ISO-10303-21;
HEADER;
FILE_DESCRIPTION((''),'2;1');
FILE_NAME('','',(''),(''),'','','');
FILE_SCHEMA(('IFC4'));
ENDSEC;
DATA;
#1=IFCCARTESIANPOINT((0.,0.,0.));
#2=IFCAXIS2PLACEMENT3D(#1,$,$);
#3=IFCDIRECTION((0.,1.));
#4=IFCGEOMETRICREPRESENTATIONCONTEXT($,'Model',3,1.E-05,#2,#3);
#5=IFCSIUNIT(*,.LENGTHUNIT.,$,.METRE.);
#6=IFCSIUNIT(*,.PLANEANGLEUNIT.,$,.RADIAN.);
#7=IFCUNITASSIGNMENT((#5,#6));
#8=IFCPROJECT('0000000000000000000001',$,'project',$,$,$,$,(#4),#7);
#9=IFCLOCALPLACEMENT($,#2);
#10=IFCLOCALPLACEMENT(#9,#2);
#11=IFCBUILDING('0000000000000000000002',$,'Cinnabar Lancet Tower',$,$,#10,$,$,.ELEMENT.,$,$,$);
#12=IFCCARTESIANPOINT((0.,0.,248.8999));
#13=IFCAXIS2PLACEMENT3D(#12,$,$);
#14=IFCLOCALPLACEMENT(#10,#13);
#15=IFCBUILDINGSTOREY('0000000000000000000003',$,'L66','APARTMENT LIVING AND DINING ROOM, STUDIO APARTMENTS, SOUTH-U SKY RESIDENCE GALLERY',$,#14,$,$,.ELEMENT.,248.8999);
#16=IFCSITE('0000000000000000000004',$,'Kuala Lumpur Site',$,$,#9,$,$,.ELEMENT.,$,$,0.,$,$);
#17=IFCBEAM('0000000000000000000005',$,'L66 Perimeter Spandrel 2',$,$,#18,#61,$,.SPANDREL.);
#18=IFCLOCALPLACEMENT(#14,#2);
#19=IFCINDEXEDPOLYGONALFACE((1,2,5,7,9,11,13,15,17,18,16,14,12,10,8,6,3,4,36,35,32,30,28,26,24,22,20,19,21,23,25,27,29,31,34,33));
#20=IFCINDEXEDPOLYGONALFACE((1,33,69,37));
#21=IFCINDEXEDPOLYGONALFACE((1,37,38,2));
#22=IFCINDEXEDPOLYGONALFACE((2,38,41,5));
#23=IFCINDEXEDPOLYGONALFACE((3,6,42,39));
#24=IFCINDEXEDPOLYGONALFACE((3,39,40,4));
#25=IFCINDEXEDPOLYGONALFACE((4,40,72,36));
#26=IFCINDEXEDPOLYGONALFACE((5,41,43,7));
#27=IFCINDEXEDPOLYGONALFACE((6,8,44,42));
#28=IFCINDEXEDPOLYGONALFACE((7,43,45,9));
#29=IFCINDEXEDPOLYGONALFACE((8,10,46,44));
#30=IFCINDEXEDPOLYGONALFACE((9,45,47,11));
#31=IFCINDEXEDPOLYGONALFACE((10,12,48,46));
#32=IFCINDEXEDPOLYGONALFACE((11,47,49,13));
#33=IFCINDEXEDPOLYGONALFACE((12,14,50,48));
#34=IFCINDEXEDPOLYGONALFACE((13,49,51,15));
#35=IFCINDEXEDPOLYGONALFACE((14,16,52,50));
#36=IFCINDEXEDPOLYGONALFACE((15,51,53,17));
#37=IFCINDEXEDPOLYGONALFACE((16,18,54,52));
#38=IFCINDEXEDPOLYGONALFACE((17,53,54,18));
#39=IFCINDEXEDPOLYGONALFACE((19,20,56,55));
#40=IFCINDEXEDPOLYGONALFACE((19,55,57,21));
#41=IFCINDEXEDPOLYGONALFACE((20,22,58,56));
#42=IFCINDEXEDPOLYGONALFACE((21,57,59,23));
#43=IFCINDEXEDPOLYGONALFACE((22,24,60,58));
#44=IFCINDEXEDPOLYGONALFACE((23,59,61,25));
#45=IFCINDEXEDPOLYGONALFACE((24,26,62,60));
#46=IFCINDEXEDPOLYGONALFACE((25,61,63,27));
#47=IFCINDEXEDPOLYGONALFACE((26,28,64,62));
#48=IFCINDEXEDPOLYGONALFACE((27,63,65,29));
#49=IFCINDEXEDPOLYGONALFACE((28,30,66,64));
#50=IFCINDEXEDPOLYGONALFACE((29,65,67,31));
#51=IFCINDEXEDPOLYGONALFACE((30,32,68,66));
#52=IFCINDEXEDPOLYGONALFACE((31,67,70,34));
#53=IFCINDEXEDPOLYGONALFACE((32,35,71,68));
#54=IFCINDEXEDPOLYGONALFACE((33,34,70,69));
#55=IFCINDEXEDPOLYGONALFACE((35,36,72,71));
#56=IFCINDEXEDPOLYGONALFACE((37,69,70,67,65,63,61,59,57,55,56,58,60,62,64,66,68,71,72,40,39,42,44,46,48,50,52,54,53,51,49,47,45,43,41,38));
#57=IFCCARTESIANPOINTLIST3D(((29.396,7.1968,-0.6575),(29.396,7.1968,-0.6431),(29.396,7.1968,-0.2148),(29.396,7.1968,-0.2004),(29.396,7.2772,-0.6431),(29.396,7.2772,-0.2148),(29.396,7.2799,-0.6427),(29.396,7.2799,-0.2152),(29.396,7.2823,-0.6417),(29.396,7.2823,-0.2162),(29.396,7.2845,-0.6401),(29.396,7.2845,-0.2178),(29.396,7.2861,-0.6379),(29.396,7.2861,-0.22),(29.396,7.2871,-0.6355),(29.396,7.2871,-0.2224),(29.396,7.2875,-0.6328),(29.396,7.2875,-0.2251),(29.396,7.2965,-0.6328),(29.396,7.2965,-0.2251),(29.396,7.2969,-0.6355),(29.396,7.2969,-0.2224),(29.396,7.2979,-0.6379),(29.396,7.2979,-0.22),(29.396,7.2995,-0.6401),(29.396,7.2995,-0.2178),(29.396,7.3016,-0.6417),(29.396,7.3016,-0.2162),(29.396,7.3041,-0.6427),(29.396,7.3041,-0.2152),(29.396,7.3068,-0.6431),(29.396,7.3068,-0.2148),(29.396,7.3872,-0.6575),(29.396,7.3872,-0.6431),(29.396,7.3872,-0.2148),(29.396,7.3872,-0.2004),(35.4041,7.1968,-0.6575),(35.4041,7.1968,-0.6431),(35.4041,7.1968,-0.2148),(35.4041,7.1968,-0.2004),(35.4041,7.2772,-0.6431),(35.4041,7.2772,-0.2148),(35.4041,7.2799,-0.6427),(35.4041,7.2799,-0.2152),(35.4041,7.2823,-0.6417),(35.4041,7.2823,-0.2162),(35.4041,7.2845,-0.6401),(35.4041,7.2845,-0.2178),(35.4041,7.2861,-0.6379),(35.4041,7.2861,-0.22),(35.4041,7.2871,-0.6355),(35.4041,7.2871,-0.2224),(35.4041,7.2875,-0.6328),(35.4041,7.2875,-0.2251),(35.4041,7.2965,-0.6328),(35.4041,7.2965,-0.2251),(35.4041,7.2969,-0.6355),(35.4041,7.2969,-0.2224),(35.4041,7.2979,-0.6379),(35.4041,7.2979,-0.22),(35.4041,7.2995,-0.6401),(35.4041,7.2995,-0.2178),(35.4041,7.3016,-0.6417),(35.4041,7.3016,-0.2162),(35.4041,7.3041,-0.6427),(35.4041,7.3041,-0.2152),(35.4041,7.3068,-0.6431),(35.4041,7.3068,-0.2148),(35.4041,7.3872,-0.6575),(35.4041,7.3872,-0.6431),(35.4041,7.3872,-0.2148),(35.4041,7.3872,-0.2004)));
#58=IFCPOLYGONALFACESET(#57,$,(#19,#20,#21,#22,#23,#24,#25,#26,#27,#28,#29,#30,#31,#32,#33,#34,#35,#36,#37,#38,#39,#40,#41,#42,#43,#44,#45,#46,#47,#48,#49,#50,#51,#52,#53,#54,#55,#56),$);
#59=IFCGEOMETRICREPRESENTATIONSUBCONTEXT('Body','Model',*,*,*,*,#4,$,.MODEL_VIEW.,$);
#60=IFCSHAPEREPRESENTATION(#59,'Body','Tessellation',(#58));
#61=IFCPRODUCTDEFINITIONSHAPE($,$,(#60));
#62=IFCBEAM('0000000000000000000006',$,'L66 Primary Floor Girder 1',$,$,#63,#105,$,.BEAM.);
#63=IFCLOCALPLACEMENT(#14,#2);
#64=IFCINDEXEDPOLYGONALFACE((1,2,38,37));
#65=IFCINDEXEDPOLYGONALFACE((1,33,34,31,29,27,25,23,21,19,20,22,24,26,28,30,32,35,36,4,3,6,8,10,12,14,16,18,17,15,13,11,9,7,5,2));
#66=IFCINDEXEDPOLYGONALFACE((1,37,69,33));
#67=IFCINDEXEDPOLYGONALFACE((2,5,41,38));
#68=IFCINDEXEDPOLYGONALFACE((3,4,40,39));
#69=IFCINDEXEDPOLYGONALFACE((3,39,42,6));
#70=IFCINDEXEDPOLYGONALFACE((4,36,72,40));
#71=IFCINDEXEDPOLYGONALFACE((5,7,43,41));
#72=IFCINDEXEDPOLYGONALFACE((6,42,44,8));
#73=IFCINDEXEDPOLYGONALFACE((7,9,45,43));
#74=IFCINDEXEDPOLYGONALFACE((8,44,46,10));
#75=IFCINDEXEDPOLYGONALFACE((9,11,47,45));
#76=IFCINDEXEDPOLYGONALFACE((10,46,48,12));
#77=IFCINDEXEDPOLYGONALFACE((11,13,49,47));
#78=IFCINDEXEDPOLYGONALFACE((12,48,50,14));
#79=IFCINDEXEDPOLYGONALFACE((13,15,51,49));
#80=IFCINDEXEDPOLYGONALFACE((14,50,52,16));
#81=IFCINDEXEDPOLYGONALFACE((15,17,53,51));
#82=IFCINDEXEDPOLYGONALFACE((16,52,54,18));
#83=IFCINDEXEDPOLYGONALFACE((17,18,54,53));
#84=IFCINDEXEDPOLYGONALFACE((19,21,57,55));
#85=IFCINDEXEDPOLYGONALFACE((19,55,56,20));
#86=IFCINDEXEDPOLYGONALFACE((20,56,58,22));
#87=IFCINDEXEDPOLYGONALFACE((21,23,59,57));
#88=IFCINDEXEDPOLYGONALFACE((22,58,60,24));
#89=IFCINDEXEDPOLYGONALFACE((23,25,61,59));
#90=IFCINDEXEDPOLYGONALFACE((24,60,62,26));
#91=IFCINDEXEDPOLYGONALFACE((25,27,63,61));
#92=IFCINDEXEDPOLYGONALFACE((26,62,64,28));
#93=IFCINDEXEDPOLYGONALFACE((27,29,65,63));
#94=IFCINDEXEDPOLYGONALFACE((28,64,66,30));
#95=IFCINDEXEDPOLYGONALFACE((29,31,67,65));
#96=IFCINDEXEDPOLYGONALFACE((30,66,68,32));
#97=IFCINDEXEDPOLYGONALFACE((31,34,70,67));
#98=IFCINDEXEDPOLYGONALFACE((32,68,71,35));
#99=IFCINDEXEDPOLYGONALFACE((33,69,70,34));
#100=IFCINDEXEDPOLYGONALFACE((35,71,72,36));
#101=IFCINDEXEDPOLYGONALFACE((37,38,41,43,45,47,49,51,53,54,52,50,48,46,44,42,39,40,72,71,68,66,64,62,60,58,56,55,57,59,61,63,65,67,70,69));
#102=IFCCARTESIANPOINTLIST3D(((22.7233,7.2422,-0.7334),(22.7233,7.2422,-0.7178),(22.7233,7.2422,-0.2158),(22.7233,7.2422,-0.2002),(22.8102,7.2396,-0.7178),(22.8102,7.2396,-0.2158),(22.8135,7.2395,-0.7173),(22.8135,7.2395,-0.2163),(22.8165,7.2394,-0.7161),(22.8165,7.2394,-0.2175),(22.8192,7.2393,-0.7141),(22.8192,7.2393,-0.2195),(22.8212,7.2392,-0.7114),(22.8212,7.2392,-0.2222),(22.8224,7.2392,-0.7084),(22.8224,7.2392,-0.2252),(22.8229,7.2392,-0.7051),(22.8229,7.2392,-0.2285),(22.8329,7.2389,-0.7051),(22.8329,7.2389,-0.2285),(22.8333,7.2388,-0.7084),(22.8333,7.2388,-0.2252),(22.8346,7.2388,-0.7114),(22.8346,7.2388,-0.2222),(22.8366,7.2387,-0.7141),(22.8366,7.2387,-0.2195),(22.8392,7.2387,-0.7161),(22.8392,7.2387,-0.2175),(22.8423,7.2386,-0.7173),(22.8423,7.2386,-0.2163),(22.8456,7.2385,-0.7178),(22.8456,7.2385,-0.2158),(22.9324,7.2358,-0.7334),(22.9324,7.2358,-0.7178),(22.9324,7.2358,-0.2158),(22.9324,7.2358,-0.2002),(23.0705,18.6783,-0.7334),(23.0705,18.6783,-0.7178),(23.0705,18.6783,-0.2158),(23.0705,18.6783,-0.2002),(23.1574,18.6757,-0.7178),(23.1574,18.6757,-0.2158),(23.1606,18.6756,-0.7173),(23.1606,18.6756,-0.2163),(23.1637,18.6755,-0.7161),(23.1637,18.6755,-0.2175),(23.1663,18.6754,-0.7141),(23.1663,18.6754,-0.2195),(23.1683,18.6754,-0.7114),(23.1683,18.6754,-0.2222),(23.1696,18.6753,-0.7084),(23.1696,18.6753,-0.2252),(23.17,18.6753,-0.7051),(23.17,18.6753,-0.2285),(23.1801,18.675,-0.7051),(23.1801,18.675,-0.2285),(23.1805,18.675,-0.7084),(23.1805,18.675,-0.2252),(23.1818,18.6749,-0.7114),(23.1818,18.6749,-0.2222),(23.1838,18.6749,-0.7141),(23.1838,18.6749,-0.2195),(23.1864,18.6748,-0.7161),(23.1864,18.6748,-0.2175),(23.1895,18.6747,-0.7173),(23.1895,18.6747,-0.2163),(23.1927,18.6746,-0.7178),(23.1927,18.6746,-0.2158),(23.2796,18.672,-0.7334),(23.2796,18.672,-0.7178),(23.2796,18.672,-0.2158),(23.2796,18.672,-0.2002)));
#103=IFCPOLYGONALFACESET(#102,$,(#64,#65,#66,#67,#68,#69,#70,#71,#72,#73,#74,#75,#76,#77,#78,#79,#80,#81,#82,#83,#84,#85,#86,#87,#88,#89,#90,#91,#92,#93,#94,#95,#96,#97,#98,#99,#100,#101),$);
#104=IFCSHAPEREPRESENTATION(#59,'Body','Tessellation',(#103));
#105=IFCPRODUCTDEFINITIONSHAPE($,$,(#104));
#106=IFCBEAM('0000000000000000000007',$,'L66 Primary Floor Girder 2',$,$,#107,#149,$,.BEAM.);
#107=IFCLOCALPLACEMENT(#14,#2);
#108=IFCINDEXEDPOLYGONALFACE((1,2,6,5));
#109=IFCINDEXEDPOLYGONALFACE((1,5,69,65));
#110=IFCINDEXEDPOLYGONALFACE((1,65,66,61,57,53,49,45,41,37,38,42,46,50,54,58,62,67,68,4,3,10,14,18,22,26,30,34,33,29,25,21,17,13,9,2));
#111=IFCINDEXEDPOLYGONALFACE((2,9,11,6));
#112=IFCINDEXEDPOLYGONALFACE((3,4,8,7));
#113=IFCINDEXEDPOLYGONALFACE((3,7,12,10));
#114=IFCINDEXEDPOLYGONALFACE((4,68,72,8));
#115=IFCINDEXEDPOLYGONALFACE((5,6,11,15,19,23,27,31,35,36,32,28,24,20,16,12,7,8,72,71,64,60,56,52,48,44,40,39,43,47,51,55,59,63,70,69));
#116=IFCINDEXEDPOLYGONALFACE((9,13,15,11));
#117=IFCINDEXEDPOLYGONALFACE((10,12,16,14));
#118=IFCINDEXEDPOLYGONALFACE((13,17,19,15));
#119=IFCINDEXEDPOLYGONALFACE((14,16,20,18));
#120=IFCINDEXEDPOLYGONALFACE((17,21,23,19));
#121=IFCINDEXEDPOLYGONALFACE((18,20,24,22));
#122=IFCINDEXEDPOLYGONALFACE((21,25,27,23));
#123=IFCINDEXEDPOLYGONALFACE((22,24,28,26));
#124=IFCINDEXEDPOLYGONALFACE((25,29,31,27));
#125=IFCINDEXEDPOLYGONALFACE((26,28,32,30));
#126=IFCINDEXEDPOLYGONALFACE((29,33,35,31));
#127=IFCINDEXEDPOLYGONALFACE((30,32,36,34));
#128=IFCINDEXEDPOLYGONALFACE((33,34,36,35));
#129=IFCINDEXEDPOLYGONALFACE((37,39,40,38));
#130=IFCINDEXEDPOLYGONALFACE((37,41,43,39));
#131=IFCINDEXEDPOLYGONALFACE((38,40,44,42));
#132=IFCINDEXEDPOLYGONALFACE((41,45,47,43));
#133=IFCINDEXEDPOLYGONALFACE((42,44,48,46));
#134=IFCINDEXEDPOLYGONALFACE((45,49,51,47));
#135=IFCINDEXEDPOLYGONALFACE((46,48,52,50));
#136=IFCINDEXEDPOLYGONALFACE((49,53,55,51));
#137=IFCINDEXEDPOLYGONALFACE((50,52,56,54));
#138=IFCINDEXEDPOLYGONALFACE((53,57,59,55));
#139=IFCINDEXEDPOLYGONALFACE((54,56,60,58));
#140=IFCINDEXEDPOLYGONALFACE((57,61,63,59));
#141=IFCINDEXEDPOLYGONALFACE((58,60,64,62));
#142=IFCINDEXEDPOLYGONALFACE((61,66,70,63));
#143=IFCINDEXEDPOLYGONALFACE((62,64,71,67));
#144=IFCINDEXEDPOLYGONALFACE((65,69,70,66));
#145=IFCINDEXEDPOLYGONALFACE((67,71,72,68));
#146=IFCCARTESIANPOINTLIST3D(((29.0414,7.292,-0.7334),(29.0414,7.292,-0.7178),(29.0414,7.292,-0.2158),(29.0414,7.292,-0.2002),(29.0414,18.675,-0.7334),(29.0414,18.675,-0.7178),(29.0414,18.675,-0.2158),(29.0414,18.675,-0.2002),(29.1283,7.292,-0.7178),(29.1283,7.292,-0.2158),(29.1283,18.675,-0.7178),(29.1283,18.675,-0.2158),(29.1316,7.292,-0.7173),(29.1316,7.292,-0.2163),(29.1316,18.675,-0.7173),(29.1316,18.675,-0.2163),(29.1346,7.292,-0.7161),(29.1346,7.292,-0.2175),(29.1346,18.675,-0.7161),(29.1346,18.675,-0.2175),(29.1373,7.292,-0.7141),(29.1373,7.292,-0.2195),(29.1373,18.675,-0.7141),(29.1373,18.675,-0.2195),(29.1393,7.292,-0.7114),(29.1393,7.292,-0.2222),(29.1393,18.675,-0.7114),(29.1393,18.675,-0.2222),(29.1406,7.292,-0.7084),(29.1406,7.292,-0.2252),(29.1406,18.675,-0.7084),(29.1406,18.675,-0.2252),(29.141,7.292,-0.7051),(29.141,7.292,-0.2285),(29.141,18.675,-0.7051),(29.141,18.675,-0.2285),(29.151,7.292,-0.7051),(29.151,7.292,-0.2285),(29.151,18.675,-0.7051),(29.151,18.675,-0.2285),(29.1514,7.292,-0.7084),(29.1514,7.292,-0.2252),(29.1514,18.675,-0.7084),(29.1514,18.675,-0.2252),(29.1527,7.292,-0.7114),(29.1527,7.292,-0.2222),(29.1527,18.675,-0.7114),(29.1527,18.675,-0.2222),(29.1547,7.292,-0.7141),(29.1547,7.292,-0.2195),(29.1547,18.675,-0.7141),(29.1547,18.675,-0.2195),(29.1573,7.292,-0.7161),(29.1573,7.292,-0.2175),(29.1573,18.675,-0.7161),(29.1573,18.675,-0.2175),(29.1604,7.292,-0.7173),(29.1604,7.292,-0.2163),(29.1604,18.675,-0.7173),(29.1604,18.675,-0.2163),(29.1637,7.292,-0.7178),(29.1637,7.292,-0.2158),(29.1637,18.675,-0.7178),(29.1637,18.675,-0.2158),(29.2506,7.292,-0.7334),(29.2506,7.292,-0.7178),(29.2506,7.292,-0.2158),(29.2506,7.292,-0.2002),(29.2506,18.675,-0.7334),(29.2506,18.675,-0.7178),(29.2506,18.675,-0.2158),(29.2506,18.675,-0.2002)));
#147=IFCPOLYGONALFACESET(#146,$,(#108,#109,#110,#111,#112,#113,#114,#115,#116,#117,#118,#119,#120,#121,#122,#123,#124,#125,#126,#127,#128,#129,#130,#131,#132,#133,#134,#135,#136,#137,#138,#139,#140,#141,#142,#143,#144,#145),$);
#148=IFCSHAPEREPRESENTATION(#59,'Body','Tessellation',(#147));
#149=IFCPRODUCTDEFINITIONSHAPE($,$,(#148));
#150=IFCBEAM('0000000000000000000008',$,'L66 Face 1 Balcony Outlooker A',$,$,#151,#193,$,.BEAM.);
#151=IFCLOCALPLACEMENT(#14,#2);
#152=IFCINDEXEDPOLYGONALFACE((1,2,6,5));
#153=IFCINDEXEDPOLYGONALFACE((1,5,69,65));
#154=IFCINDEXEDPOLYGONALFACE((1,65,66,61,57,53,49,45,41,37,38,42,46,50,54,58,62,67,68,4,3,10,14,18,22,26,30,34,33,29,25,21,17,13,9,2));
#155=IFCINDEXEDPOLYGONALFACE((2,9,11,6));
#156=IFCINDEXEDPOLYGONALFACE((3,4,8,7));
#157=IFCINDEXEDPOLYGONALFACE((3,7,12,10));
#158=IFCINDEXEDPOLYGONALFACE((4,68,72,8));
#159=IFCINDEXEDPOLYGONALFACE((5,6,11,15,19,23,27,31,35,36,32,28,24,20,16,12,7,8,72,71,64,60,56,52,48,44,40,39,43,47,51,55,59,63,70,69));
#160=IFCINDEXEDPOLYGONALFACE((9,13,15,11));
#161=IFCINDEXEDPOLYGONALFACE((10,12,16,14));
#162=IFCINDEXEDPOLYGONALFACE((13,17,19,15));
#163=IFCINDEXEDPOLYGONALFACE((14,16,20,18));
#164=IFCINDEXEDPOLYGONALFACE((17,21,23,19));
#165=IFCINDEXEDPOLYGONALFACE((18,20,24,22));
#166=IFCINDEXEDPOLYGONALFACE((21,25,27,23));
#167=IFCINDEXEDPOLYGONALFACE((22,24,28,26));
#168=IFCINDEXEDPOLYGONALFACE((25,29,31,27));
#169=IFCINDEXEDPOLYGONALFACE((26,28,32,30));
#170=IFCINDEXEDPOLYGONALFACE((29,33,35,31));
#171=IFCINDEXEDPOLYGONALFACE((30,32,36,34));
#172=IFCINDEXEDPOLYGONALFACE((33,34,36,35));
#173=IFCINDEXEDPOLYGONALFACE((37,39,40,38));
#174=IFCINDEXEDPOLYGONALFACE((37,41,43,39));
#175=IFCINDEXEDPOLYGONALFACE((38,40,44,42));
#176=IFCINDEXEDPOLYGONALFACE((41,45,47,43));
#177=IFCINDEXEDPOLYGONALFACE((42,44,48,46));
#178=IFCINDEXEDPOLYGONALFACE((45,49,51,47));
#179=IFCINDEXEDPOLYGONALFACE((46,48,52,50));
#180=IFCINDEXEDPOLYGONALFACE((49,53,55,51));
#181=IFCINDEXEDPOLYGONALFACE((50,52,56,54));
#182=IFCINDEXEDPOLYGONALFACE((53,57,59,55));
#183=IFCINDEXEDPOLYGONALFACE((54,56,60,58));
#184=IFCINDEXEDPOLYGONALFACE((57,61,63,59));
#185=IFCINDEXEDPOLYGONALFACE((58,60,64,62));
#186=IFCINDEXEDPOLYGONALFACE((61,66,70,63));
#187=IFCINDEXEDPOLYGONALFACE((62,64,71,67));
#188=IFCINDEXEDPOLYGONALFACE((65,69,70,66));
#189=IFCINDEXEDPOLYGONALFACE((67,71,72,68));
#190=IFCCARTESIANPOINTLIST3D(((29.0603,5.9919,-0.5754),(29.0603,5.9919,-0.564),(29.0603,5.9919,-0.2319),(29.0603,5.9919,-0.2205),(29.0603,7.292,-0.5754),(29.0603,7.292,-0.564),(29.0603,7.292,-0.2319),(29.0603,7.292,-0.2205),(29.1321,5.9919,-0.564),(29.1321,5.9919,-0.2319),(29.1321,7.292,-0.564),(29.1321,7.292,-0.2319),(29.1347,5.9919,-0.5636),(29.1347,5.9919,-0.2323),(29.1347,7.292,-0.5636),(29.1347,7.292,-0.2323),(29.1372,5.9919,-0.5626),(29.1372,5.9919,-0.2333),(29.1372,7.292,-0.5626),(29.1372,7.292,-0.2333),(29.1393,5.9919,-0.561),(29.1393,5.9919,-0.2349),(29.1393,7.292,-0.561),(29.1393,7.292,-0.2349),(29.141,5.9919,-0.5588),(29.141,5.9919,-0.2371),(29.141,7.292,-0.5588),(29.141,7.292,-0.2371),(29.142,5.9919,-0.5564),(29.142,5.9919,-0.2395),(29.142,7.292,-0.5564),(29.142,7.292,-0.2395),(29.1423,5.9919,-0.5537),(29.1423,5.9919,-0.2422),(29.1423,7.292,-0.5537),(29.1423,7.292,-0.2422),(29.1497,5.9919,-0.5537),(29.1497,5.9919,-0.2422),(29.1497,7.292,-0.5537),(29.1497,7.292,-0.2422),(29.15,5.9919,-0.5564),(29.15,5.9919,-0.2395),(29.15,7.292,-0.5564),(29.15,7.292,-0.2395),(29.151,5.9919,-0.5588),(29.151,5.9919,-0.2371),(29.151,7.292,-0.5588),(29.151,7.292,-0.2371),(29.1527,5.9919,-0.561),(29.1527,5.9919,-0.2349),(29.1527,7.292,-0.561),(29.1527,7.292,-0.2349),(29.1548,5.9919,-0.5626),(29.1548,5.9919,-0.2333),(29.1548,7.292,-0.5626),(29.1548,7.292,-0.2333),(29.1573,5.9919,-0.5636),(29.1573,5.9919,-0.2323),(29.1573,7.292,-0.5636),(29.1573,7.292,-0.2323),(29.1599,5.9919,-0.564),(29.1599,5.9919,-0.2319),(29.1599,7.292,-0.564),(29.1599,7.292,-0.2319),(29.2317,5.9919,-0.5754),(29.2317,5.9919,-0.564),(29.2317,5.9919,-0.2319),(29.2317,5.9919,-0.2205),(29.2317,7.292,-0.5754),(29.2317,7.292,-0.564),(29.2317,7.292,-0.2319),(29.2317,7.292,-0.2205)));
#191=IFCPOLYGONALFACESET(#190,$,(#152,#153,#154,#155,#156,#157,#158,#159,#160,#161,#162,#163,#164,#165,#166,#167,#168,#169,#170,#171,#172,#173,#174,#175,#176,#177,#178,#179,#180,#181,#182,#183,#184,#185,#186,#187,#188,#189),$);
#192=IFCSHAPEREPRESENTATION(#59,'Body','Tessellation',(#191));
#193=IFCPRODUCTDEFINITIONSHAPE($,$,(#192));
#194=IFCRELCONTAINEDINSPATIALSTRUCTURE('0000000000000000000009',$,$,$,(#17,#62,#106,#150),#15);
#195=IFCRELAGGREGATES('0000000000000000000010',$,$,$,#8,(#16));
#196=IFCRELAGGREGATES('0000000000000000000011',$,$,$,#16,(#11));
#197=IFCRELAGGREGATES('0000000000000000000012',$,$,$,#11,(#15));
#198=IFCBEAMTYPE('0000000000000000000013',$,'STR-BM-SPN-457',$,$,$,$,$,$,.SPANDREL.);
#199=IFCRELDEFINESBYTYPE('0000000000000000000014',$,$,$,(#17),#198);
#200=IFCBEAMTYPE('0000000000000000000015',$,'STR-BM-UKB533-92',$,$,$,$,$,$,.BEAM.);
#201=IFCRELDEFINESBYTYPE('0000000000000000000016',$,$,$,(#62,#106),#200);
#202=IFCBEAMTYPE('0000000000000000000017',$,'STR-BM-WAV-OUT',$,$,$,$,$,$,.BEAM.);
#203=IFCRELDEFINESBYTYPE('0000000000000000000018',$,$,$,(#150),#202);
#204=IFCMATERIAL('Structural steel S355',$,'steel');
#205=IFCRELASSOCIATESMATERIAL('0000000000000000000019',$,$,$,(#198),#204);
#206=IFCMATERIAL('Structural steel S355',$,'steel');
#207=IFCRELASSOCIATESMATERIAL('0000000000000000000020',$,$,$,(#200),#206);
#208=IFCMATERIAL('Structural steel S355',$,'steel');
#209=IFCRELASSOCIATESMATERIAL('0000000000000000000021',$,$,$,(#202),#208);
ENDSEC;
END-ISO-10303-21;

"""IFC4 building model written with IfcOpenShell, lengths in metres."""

from ifc_helpers import new_model, si_unit, direction, frame, origin, origin_2d, place, context, subcontext, project, spatial, i_section, extrude, material, material_profile, profile_set, type_object, element, save


model = new_model("IFC4")

# Units and contexts
model_context = context("Model", 3, precision=1e-05, world=origin(), true_north=direction((0.0, 1.0)))
body_context = subcontext(model_context, "Body", "Model", "MODEL_VIEW")
ifc_project = project(units=[si_unit("LENGTHUNIT", "METRE"), si_unit("PLANEANGLEUNIT", "RADIAN")], contexts=[model_context])

# Site, building, storey
site_placement = place(None, origin())
site = spatial("IfcSite", under=ifc_project, at=site_placement, Name="Kuala Lumpur Site", CompositionType="ELEMENT", RefElevation=0.0)
building_placement = place(site_placement, origin())
building = spatial("IfcBuilding", under=site, at=building_placement, Name="Cinnabar Lancet Tower", CompositionType="ELEMENT")
storey_placement = place(building_placement, frame((0.0, 0.0, 248.8999)))
storey = spatial("IfcBuildingStorey", under=building, at=storey_placement, Name="L66", Description="APARTMENT LIVING AND DINING ROOM, STUDIO APARTMENTS, SOUTH-U SKY RESIDENCE GALLERY", CompositionType="ELEMENT", Elevation=248.8999)

# Beams
ifc_material_1 = material(Name="Structural steel S355", Category="steel")
ifc_material_profile_1 = material_profile(ifc_material_1, i_section(OverallWidth=0.1904, OverallDepth=0.457, WebThickness=0.009, FlangeThickness=0.0144, FilletRadius=0.0103, at=origin_2d()), Name="UKB 457x191x74")
ifc_profile_set_1 = profile_set([ifc_material_profile_1], Name="Structural steel S355")
beam_type_1 = type_object("IfcBeamType", Name="STR-BM-SPN-457", PredefinedType="SPANDREL", material=ifc_profile_set_1)
beam_1_placement = place(storey_placement, frame((29.396, 7.292, -0.429), z_axis=(1.0, 0.0, 0.0), x_axis=(0.0, 1.0, 0.0)))
element("IfcBeam", 1, at=beam_1_placement, inside=storey, type_object=beam_type_1, Name="L66 Perimeter Spandrel 2", PredefinedType="SPANDREL", context=body_context, shape_type="SweptSolid", body=[
    extrude(i_section(OverallWidth=0.1904, OverallDepth=0.457, WebThickness=0.009, FlangeThickness=0.0144, FilletRadius=0.0103, at=origin_2d()), origin(), (0.0, 0.0, 1.0), 6.0081),
])
ifc_material_2 = material(Name="Structural steel S355", Category="steel")
ifc_material_profile_2 = material_profile(ifc_material_2, i_section(OverallWidth=0.2092, OverallDepth=0.5332, WebThickness=0.01, FlangeThickness=0.0156, FilletRadius=0.0127, at=origin_2d()), Name="UKB 533x210x92")
ifc_profile_set_2 = profile_set([ifc_material_profile_2], Name="Structural steel S355")
beam_type_2 = type_object("IfcBeamType", Name="STR-BM-UKB533-92", PredefinedType="BEAM", material=ifc_profile_set_2)
beam_2_placement = place(storey_placement, frame((22.8279, 7.239, -0.4668), z_axis=(0.030343, 0.99954, 0.0), x_axis=(-0.99954, 0.030343, 0.0)))
element("IfcBeam", 2, at=beam_2_placement, inside=storey, type_object=beam_type_2, Name="L66 Primary Floor Girder 1", PredefinedType="BEAM", context=body_context, shape_type="SweptSolid", body=[
    extrude(i_section(OverallWidth=0.2092, OverallDepth=0.5332, WebThickness=0.01, FlangeThickness=0.0156, FilletRadius=0.0127, at=origin_2d()), origin(), (0.0, 0.0, 1.0), 11.4414),
])
beam_3_placement = place(storey_placement, frame((29.146, 7.292, -0.4668), z_axis=(0.0, 1.0, 0.0), x_axis=(-1.0, 0.0, 0.0)))
element("IfcBeam", 3, at=beam_3_placement, inside=storey, type_object=beam_type_2, Name="L66 Primary Floor Girder 2", PredefinedType="BEAM", context=body_context, shape_type="SweptSolid", body=[
    extrude(i_section(OverallWidth=0.2092, OverallDepth=0.5332, WebThickness=0.01, FlangeThickness=0.0156, FilletRadius=0.0127, at=origin_2d()), origin(), (0.0, 0.0, 1.0), 11.3831),
])
ifc_material_3 = material(Name="Structural steel S355", Category="steel")
ifc_material_profile_3 = material_profile(ifc_material_3, i_section(OverallWidth=0.1714, OverallDepth=0.355, WebThickness=0.0073, FlangeThickness=0.0115, FilletRadius=0.0103, at=origin_2d()), Name="UKB 356x171x51")
ifc_profile_set_3 = profile_set([ifc_material_profile_3], Name="Structural steel S355")
beam_type_3 = type_object("IfcBeamType", Name="STR-BM-WAV-OUT", PredefinedType="BEAM", material=ifc_profile_set_3)
beam_4_placement = place(storey_placement, frame((29.146, 7.292, -0.3979), z_axis=(0.0, -1.0, 0.0), x_axis=(1.0, 0.0, 0.0)))
element("IfcBeam", 4, at=beam_4_placement, inside=storey, type_object=beam_type_3, Name="L66 Face 1 Balcony Outlooker A", PredefinedType="BEAM", context=body_context, shape_type="SweptSolid", body=[
    extrude(i_section(OverallWidth=0.1714, OverallDepth=0.355, WebThickness=0.0073, FlangeThickness=0.0115, FilletRadius=0.0103, at=origin_2d()), origin(), (0.0, 0.0, 1.0), 1.3),
])

save(model, "model.ifc")
